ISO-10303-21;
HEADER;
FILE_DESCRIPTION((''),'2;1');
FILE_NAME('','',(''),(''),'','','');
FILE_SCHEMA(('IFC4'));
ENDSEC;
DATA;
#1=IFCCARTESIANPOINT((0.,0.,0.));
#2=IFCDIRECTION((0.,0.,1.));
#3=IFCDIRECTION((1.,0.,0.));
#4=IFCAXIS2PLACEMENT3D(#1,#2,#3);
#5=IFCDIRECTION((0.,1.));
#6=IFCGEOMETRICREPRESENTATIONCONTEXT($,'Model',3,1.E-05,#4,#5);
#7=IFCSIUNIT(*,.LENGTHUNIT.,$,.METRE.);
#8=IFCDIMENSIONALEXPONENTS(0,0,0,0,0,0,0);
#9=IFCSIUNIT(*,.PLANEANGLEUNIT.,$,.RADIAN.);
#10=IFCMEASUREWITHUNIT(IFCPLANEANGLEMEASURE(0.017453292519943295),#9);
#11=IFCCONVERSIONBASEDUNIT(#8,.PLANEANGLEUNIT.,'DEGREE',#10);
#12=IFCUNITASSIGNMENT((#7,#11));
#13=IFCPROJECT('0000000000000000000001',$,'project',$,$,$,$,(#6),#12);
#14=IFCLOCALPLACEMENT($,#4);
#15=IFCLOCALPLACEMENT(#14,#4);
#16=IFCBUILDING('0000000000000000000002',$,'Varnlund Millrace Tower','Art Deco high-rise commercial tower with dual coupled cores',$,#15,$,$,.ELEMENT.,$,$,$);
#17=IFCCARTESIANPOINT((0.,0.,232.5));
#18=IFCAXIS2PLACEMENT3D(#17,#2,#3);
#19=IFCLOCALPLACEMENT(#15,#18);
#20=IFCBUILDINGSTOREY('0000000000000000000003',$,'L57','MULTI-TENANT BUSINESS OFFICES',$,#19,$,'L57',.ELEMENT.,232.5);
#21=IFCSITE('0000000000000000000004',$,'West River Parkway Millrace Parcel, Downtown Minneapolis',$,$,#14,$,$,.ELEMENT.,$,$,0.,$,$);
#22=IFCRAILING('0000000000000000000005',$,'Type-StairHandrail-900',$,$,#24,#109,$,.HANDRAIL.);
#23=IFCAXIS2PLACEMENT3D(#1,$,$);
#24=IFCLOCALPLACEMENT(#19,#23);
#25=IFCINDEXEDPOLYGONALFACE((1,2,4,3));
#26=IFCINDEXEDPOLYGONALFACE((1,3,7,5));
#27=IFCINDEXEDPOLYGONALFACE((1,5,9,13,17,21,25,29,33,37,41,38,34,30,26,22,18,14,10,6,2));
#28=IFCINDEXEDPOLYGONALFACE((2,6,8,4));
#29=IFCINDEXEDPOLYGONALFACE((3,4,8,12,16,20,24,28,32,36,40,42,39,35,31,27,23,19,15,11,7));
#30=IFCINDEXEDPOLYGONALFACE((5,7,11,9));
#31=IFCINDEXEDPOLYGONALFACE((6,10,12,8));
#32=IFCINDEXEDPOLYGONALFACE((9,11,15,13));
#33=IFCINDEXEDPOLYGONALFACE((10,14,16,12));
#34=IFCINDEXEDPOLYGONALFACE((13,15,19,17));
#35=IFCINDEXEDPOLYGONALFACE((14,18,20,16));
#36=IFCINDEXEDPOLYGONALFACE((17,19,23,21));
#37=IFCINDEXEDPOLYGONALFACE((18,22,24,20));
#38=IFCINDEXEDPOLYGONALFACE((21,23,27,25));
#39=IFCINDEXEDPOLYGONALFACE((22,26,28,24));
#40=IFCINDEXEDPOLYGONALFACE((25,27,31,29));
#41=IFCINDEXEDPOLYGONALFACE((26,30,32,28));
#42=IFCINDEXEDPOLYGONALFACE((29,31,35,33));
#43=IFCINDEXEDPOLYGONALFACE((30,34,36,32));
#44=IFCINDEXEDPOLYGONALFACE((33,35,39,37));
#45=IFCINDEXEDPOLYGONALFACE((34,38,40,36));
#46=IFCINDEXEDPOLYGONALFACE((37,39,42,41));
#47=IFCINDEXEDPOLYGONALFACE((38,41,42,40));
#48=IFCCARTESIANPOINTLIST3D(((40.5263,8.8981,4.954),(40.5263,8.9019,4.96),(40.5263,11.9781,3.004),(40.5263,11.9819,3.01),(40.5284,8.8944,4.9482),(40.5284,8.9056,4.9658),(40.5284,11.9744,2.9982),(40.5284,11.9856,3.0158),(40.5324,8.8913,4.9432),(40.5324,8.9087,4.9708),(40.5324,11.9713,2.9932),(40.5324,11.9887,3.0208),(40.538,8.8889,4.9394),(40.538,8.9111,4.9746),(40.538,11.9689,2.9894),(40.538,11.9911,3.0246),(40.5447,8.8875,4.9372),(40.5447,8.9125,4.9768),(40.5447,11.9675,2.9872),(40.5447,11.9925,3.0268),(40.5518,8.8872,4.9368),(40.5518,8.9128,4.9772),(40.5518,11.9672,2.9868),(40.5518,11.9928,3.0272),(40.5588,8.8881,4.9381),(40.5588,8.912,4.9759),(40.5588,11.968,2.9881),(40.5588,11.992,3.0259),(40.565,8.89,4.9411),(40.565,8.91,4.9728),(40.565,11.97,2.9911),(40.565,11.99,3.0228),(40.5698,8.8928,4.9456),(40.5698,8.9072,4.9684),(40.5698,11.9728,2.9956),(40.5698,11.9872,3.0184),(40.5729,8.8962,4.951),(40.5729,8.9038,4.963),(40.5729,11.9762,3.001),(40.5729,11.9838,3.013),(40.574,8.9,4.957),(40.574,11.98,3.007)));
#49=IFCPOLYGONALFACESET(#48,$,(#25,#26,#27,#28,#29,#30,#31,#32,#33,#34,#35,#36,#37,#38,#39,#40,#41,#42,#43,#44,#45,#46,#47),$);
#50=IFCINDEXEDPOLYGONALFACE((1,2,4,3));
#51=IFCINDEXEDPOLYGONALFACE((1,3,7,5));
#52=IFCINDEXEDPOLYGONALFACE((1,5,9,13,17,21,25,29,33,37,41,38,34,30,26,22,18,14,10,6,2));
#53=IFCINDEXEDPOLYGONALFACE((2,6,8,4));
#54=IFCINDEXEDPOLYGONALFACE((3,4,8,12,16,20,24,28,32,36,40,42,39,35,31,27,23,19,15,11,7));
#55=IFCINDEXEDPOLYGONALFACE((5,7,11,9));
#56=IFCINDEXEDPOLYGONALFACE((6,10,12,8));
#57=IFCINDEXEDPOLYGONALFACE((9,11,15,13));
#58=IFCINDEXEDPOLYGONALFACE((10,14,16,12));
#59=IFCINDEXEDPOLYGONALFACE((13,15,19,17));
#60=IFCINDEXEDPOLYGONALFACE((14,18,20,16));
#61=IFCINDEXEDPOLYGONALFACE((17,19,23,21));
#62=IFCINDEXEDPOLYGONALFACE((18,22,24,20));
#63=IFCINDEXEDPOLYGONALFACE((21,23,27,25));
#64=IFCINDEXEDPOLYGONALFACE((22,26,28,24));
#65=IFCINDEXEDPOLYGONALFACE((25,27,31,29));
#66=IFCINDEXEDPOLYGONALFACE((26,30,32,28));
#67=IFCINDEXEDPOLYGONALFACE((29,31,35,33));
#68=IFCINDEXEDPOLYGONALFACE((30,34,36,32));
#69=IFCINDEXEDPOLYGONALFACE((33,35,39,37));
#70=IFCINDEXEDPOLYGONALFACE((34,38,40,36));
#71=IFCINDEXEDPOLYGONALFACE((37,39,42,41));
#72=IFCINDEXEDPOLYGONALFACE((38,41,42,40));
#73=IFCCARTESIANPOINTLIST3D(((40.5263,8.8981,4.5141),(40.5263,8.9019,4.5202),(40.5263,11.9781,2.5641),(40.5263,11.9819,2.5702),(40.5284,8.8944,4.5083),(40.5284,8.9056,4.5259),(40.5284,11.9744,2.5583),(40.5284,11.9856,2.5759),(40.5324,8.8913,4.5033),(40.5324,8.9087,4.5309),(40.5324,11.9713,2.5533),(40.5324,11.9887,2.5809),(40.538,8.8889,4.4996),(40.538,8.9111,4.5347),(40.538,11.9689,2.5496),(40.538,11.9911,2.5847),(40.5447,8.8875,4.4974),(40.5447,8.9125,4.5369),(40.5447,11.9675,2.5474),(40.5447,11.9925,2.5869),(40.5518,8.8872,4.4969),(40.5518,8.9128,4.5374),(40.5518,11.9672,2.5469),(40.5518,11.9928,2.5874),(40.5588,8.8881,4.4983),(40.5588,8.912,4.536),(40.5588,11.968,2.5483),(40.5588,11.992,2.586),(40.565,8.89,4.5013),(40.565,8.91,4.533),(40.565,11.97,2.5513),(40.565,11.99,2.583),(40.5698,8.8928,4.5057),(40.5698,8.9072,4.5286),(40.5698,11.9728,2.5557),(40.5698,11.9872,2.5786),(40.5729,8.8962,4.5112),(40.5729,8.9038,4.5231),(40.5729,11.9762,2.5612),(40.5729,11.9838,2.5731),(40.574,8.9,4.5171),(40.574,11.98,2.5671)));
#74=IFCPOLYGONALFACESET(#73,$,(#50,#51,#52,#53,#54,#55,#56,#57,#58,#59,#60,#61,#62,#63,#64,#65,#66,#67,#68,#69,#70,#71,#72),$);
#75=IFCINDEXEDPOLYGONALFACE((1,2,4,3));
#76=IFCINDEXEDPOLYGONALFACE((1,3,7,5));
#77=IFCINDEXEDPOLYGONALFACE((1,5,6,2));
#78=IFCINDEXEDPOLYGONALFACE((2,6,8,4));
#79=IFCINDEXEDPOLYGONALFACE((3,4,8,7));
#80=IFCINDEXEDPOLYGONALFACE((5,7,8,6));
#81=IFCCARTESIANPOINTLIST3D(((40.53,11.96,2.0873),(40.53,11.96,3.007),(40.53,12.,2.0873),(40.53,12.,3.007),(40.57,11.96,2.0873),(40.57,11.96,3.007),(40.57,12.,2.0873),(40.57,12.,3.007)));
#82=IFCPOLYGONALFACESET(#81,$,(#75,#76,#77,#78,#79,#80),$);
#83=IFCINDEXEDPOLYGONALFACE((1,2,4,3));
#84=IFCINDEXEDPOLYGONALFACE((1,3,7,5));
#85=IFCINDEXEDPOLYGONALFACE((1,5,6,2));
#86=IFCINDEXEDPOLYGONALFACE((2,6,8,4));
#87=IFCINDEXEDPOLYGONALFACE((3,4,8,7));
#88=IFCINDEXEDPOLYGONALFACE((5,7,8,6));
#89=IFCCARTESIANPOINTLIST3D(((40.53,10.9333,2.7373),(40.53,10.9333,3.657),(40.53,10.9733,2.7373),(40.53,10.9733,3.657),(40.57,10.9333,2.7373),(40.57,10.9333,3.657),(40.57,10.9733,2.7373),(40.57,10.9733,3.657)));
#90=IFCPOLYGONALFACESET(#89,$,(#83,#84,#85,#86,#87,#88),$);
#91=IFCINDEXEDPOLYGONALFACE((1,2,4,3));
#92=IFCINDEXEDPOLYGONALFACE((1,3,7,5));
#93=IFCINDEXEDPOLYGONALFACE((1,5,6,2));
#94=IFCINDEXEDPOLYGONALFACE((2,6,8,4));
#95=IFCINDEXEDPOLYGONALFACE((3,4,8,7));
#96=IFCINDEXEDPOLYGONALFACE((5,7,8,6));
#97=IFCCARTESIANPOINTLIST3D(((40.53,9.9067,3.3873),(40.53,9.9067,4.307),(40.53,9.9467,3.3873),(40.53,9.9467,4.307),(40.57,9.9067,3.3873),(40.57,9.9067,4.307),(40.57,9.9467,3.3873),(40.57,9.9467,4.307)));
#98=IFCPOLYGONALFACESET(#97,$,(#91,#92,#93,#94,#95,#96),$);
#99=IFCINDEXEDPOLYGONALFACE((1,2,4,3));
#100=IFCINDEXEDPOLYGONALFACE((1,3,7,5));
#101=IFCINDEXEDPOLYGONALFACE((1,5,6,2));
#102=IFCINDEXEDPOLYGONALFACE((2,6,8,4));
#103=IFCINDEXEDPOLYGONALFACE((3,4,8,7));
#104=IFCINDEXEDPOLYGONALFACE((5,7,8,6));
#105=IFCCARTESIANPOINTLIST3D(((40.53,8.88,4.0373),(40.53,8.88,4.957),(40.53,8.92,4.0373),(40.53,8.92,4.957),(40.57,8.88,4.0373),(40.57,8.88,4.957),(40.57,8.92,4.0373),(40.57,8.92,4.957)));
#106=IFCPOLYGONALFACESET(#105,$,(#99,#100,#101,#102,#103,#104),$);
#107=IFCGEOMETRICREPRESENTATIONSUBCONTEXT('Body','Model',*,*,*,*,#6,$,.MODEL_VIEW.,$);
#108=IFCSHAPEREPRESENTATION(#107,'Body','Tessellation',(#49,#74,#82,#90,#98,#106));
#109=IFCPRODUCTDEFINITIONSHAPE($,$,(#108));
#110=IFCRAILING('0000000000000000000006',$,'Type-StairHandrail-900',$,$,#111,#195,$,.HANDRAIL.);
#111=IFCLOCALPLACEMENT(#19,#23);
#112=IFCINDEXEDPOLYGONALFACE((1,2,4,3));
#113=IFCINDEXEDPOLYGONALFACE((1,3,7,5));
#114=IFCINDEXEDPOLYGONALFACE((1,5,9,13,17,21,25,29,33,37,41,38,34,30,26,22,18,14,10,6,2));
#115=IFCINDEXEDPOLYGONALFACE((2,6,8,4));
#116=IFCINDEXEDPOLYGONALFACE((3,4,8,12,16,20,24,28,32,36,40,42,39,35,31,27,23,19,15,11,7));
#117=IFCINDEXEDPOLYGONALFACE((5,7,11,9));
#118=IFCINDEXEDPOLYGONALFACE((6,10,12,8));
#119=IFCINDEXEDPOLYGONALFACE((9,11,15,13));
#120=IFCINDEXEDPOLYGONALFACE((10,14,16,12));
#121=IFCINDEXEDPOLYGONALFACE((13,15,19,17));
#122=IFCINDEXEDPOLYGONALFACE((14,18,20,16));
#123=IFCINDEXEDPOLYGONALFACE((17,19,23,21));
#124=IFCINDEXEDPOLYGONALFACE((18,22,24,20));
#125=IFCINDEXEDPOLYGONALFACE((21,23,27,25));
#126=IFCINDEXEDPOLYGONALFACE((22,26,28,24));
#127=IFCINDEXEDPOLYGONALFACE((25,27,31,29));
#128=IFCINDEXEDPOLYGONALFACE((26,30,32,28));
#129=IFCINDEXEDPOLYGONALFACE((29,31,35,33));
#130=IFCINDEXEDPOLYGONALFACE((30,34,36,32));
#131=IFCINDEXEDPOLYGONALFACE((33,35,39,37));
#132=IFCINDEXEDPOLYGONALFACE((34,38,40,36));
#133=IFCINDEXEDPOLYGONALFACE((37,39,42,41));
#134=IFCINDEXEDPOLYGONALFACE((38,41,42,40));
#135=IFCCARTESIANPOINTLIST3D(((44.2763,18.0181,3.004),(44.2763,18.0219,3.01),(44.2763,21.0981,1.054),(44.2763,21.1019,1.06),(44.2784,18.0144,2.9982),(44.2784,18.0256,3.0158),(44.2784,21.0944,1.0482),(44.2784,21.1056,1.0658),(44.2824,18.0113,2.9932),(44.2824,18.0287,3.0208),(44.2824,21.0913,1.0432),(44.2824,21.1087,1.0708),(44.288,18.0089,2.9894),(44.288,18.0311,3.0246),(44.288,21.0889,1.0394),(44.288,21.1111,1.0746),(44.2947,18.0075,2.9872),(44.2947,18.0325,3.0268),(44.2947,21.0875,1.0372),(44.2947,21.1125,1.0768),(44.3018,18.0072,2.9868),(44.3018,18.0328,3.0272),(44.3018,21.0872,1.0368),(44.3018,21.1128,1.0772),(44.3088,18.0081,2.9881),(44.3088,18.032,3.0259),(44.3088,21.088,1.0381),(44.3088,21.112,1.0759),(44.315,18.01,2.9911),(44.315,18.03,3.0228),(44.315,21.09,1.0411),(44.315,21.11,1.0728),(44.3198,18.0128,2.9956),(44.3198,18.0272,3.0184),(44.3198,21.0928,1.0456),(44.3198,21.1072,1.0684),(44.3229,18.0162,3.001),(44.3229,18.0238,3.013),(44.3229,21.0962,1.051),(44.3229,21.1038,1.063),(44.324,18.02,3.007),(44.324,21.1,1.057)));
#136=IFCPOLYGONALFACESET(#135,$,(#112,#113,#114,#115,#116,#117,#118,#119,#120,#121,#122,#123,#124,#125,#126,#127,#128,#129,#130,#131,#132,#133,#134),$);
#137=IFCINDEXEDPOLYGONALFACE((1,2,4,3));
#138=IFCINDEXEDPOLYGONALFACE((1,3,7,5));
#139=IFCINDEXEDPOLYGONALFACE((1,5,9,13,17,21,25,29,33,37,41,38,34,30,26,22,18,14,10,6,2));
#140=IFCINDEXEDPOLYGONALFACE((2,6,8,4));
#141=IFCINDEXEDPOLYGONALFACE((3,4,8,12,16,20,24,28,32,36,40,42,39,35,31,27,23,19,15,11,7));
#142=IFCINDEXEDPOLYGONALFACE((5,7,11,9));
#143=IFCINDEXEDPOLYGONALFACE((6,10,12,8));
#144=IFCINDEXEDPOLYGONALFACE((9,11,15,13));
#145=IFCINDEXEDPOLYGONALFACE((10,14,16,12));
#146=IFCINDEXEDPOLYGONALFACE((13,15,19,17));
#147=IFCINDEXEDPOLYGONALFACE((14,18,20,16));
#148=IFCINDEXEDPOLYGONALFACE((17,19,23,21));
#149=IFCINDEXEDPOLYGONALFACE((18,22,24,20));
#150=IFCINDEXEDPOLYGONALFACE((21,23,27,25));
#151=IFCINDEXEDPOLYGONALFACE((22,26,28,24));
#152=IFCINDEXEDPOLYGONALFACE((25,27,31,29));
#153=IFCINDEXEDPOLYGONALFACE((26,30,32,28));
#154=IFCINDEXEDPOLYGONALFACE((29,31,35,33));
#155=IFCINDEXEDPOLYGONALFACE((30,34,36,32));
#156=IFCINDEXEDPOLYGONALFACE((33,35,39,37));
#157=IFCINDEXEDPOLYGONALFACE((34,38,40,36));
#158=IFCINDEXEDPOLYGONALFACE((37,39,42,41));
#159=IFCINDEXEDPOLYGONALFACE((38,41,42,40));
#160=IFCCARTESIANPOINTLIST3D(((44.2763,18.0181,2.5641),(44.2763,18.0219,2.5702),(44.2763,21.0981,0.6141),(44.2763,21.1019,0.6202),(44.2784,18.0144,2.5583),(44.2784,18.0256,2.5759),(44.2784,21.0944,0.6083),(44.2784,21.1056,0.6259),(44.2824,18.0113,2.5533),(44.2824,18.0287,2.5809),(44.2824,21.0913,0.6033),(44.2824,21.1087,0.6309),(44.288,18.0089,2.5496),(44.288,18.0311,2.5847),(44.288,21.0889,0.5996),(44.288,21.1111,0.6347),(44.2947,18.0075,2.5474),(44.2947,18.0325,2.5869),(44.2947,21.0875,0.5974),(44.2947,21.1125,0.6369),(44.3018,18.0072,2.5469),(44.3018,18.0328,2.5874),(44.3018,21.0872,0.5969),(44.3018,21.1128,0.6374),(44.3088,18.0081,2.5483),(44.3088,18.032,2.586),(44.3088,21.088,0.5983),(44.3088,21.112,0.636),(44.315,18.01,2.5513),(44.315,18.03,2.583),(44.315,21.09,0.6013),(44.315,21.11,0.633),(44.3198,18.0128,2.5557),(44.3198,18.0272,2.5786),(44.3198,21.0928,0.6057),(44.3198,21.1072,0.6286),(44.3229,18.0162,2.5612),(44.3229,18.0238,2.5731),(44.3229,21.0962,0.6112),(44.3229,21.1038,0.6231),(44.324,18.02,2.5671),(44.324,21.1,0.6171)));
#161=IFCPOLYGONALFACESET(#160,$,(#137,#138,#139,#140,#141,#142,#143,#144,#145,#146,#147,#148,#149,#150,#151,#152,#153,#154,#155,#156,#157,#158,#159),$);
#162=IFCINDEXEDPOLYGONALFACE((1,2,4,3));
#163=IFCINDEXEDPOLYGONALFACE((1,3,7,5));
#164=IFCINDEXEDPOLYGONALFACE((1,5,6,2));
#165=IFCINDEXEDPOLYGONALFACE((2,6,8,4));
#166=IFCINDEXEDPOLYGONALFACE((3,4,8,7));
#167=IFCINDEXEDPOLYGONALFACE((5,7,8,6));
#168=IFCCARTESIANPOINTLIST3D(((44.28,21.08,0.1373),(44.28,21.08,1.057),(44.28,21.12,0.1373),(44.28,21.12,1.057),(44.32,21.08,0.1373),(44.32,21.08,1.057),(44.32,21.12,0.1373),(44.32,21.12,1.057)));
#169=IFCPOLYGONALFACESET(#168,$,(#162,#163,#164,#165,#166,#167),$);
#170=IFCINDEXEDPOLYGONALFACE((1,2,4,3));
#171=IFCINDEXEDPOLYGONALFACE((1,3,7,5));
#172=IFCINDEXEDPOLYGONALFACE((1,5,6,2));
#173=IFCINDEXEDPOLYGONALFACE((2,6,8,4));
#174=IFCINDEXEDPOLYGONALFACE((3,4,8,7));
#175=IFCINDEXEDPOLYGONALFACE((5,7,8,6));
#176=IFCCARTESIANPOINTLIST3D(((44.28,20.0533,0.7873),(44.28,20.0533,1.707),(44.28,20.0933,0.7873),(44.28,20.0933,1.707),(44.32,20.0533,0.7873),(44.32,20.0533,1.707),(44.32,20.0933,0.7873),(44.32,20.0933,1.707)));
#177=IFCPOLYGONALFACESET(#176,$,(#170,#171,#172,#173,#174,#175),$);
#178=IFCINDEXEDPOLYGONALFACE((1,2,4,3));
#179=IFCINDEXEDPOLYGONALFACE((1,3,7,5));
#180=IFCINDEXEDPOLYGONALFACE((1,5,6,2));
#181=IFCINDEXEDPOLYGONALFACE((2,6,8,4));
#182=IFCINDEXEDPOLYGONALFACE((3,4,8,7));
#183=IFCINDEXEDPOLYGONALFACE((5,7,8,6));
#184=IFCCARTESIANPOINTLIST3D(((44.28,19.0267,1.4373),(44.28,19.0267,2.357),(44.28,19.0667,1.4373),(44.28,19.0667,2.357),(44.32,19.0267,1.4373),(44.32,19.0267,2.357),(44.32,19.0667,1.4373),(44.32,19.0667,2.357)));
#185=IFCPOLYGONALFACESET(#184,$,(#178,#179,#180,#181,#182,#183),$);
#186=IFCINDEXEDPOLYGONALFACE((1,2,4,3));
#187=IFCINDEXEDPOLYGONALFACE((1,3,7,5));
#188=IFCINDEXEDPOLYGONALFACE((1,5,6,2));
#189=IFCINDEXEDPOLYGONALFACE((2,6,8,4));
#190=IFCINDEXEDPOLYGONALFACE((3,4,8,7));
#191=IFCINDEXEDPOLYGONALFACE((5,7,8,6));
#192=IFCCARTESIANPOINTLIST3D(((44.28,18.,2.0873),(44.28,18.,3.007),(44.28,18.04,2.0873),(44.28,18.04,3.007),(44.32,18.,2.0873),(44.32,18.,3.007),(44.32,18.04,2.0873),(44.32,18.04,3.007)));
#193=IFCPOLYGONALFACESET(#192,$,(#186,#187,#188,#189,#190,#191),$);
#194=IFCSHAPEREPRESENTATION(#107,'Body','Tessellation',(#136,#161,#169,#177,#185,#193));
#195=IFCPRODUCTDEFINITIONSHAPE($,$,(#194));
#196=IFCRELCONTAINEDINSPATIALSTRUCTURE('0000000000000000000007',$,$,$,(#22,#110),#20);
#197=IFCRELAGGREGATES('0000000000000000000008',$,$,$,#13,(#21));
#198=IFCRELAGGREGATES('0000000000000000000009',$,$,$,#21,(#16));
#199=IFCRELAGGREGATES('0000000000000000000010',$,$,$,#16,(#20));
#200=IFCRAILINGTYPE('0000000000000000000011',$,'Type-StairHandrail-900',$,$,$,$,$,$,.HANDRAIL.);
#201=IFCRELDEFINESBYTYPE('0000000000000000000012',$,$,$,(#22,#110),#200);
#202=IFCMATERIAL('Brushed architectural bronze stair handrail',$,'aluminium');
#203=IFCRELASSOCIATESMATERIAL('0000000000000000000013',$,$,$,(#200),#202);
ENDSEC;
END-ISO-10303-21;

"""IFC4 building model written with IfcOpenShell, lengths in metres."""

from ifc_helpers import new_model, entity, si_unit, converted_unit, direction, frame, origin_with_axes, origin_2d_with_axis, place, context, subcontext, project, spatial, rectangle, circle, extrude, material, type_object, element, save


model = new_model("IFC4")

# Units and contexts
model_context = context("Model", 3, precision=1e-05, world=origin_with_axes(), true_north=direction((0.0, 1.0)))
body_context = subcontext(model_context, "Body", "Model", "MODEL_VIEW")
ifc_project = project(units=[si_unit("LENGTHUNIT", "METRE"), converted_unit("PLANEANGLEUNIT", "DEGREE", entity("IfcPlaneAngleMeasure", 0.017453292519943295), si_unit("PLANEANGLEUNIT", "RADIAN"), dimensions=[0, 0, 0, 0, 0, 0, 0])], contexts=[model_context])

# Site, building, storey
site_placement = place(None, origin_with_axes())
site = spatial("IfcSite", under=ifc_project, at=site_placement, Name="West River Parkway Millrace Parcel, Downtown Minneapolis", CompositionType="ELEMENT", RefElevation=0.0)
building_placement = place(site_placement, origin_with_axes())
building = spatial("IfcBuilding", under=site, at=building_placement, Name="Varnlund Millrace Tower", Description="Art Deco high-rise commercial tower with dual coupled cores", CompositionType="ELEMENT")
storey_placement = place(building_placement, frame((0.0, 0.0, 232.5), z_axis=(0.0, 0.0, 1.0), x_axis=(1.0, 0.0, 0.0)))
storey = spatial("IfcBuildingStorey", under=building, at=storey_placement, Name="L57", Description="MULTI-TENANT BUSINESS OFFICES", LongName="L57", CompositionType="ELEMENT", Elevation=232.5)

# Railings
ifc_material_1 = material(Name="Brushed architectural bronze stair handrail", Category="aluminium")
railing_type_1 = type_object("IfcRailingType", Name="Type-StairHandrail-900", PredefinedType="HANDRAIL", material=ifc_material_1)
railing_1_placement = place(storey_placement, frame((0.0, 0.0, -232.5), z_axis=(0.0, 0.0, 1.0), x_axis=(1.0, 0.0, 0.0)))
element("IfcRailing", 1, at=railing_1_placement, inside=storey, type_object=railing_type_1, Name="Type-StairHandrail-900", PredefinedType="HANDRAIL", context=body_context, shape_type="SweptSolid", body=[
    extrude(circle(Radius=0.024, at=origin_2d_with_axis()), frame((40.55, 11.98, 235.507), z_axis=(0.0, -0.844902, 0.534922), x_axis=(1.0, 0.0, 0.0)), (0.0, 0.0, 1.0), 3.6454),
    extrude(circle(Radius=0.024, at=origin_2d_with_axis()), frame((40.55, 11.98, 235.0671), z_axis=(0.0, -0.844902, 0.534922), x_axis=(1.0, 0.0, 0.0)), (0.0, 0.0, 1.0), 3.6454),
    extrude(rectangle(XDim=0.04, YDim=0.04, at=origin_2d_with_axis()), frame((40.55, 11.98, 234.5873), z_axis=(0.0, 0.0, 1.0), x_axis=(1.0, 0.0, 0.0)), (0.0, 0.0, 1.0), 0.9197),
    extrude(rectangle(XDim=0.04, YDim=0.04, at=origin_2d_with_axis()), frame((40.55, 10.9533, 235.2373), z_axis=(0.0, 0.0, 1.0), x_axis=(1.0, 0.0, 0.0)), (0.0, 0.0, 1.0), 0.9197),
    extrude(rectangle(XDim=0.04, YDim=0.04, at=origin_2d_with_axis()), frame((40.55, 9.9267, 235.8873), z_axis=(0.0, 0.0, 1.0), x_axis=(1.0, 0.0, 0.0)), (0.0, 0.0, 1.0), 0.9197),
    extrude(rectangle(XDim=0.04, YDim=0.04, at=origin_2d_with_axis()), frame((40.55, 8.9, 236.5373), z_axis=(0.0, 0.0, 1.0), x_axis=(1.0, 0.0, 0.0)), (0.0, 0.0, 1.0), 0.9197),
])
railing_2_placement = place(storey_placement, frame((0.0, 0.0, -232.5), z_axis=(0.0, 0.0, 1.0), x_axis=(1.0, 0.0, 0.0)))
element("IfcRailing", 2, at=railing_2_placement, inside=storey, type_object=railing_type_1, Name="Type-StairHandrail-900", PredefinedType="HANDRAIL", context=body_context, shape_type="SweptSolid", body=[
    extrude(circle(Radius=0.024, at=origin_2d_with_axis()), frame((44.3, 21.1, 233.557), z_axis=(0.0, -0.844902, 0.534922), x_axis=(1.0, 0.0, 0.0)), (0.0, 0.0, 1.0), 3.6454),
    extrude(circle(Radius=0.024, at=origin_2d_with_axis()), frame((44.3, 21.1, 233.1171), z_axis=(0.0, -0.844902, 0.534922), x_axis=(1.0, 0.0, 0.0)), (0.0, 0.0, 1.0), 3.6454),
    extrude(rectangle(XDim=0.04, YDim=0.04, at=origin_2d_with_axis()), frame((44.3, 21.1, 232.6373), z_axis=(0.0, 0.0, 1.0), x_axis=(1.0, 0.0, 0.0)), (0.0, 0.0, 1.0), 0.9197),
    extrude(rectangle(XDim=0.04, YDim=0.04, at=origin_2d_with_axis()), frame((44.3, 20.0733, 233.2873), z_axis=(0.0, 0.0, 1.0), x_axis=(1.0, 0.0, 0.0)), (0.0, 0.0, 1.0), 0.9197),
    extrude(rectangle(XDim=0.04, YDim=0.04, at=origin_2d_with_axis()), frame((44.3, 19.0467, 233.9373), z_axis=(0.0, 0.0, 1.0), x_axis=(1.0, 0.0, 0.0)), (0.0, 0.0, 1.0), 0.9197),
    extrude(rectangle(XDim=0.04, YDim=0.04, at=origin_2d_with_axis()), frame((44.3, 18.02, 234.5873), z_axis=(0.0, 0.0, 1.0), x_axis=(1.0, 0.0, 0.0)), (0.0, 0.0, 1.0), 0.9197),
])

save(model, "model.ifc")
